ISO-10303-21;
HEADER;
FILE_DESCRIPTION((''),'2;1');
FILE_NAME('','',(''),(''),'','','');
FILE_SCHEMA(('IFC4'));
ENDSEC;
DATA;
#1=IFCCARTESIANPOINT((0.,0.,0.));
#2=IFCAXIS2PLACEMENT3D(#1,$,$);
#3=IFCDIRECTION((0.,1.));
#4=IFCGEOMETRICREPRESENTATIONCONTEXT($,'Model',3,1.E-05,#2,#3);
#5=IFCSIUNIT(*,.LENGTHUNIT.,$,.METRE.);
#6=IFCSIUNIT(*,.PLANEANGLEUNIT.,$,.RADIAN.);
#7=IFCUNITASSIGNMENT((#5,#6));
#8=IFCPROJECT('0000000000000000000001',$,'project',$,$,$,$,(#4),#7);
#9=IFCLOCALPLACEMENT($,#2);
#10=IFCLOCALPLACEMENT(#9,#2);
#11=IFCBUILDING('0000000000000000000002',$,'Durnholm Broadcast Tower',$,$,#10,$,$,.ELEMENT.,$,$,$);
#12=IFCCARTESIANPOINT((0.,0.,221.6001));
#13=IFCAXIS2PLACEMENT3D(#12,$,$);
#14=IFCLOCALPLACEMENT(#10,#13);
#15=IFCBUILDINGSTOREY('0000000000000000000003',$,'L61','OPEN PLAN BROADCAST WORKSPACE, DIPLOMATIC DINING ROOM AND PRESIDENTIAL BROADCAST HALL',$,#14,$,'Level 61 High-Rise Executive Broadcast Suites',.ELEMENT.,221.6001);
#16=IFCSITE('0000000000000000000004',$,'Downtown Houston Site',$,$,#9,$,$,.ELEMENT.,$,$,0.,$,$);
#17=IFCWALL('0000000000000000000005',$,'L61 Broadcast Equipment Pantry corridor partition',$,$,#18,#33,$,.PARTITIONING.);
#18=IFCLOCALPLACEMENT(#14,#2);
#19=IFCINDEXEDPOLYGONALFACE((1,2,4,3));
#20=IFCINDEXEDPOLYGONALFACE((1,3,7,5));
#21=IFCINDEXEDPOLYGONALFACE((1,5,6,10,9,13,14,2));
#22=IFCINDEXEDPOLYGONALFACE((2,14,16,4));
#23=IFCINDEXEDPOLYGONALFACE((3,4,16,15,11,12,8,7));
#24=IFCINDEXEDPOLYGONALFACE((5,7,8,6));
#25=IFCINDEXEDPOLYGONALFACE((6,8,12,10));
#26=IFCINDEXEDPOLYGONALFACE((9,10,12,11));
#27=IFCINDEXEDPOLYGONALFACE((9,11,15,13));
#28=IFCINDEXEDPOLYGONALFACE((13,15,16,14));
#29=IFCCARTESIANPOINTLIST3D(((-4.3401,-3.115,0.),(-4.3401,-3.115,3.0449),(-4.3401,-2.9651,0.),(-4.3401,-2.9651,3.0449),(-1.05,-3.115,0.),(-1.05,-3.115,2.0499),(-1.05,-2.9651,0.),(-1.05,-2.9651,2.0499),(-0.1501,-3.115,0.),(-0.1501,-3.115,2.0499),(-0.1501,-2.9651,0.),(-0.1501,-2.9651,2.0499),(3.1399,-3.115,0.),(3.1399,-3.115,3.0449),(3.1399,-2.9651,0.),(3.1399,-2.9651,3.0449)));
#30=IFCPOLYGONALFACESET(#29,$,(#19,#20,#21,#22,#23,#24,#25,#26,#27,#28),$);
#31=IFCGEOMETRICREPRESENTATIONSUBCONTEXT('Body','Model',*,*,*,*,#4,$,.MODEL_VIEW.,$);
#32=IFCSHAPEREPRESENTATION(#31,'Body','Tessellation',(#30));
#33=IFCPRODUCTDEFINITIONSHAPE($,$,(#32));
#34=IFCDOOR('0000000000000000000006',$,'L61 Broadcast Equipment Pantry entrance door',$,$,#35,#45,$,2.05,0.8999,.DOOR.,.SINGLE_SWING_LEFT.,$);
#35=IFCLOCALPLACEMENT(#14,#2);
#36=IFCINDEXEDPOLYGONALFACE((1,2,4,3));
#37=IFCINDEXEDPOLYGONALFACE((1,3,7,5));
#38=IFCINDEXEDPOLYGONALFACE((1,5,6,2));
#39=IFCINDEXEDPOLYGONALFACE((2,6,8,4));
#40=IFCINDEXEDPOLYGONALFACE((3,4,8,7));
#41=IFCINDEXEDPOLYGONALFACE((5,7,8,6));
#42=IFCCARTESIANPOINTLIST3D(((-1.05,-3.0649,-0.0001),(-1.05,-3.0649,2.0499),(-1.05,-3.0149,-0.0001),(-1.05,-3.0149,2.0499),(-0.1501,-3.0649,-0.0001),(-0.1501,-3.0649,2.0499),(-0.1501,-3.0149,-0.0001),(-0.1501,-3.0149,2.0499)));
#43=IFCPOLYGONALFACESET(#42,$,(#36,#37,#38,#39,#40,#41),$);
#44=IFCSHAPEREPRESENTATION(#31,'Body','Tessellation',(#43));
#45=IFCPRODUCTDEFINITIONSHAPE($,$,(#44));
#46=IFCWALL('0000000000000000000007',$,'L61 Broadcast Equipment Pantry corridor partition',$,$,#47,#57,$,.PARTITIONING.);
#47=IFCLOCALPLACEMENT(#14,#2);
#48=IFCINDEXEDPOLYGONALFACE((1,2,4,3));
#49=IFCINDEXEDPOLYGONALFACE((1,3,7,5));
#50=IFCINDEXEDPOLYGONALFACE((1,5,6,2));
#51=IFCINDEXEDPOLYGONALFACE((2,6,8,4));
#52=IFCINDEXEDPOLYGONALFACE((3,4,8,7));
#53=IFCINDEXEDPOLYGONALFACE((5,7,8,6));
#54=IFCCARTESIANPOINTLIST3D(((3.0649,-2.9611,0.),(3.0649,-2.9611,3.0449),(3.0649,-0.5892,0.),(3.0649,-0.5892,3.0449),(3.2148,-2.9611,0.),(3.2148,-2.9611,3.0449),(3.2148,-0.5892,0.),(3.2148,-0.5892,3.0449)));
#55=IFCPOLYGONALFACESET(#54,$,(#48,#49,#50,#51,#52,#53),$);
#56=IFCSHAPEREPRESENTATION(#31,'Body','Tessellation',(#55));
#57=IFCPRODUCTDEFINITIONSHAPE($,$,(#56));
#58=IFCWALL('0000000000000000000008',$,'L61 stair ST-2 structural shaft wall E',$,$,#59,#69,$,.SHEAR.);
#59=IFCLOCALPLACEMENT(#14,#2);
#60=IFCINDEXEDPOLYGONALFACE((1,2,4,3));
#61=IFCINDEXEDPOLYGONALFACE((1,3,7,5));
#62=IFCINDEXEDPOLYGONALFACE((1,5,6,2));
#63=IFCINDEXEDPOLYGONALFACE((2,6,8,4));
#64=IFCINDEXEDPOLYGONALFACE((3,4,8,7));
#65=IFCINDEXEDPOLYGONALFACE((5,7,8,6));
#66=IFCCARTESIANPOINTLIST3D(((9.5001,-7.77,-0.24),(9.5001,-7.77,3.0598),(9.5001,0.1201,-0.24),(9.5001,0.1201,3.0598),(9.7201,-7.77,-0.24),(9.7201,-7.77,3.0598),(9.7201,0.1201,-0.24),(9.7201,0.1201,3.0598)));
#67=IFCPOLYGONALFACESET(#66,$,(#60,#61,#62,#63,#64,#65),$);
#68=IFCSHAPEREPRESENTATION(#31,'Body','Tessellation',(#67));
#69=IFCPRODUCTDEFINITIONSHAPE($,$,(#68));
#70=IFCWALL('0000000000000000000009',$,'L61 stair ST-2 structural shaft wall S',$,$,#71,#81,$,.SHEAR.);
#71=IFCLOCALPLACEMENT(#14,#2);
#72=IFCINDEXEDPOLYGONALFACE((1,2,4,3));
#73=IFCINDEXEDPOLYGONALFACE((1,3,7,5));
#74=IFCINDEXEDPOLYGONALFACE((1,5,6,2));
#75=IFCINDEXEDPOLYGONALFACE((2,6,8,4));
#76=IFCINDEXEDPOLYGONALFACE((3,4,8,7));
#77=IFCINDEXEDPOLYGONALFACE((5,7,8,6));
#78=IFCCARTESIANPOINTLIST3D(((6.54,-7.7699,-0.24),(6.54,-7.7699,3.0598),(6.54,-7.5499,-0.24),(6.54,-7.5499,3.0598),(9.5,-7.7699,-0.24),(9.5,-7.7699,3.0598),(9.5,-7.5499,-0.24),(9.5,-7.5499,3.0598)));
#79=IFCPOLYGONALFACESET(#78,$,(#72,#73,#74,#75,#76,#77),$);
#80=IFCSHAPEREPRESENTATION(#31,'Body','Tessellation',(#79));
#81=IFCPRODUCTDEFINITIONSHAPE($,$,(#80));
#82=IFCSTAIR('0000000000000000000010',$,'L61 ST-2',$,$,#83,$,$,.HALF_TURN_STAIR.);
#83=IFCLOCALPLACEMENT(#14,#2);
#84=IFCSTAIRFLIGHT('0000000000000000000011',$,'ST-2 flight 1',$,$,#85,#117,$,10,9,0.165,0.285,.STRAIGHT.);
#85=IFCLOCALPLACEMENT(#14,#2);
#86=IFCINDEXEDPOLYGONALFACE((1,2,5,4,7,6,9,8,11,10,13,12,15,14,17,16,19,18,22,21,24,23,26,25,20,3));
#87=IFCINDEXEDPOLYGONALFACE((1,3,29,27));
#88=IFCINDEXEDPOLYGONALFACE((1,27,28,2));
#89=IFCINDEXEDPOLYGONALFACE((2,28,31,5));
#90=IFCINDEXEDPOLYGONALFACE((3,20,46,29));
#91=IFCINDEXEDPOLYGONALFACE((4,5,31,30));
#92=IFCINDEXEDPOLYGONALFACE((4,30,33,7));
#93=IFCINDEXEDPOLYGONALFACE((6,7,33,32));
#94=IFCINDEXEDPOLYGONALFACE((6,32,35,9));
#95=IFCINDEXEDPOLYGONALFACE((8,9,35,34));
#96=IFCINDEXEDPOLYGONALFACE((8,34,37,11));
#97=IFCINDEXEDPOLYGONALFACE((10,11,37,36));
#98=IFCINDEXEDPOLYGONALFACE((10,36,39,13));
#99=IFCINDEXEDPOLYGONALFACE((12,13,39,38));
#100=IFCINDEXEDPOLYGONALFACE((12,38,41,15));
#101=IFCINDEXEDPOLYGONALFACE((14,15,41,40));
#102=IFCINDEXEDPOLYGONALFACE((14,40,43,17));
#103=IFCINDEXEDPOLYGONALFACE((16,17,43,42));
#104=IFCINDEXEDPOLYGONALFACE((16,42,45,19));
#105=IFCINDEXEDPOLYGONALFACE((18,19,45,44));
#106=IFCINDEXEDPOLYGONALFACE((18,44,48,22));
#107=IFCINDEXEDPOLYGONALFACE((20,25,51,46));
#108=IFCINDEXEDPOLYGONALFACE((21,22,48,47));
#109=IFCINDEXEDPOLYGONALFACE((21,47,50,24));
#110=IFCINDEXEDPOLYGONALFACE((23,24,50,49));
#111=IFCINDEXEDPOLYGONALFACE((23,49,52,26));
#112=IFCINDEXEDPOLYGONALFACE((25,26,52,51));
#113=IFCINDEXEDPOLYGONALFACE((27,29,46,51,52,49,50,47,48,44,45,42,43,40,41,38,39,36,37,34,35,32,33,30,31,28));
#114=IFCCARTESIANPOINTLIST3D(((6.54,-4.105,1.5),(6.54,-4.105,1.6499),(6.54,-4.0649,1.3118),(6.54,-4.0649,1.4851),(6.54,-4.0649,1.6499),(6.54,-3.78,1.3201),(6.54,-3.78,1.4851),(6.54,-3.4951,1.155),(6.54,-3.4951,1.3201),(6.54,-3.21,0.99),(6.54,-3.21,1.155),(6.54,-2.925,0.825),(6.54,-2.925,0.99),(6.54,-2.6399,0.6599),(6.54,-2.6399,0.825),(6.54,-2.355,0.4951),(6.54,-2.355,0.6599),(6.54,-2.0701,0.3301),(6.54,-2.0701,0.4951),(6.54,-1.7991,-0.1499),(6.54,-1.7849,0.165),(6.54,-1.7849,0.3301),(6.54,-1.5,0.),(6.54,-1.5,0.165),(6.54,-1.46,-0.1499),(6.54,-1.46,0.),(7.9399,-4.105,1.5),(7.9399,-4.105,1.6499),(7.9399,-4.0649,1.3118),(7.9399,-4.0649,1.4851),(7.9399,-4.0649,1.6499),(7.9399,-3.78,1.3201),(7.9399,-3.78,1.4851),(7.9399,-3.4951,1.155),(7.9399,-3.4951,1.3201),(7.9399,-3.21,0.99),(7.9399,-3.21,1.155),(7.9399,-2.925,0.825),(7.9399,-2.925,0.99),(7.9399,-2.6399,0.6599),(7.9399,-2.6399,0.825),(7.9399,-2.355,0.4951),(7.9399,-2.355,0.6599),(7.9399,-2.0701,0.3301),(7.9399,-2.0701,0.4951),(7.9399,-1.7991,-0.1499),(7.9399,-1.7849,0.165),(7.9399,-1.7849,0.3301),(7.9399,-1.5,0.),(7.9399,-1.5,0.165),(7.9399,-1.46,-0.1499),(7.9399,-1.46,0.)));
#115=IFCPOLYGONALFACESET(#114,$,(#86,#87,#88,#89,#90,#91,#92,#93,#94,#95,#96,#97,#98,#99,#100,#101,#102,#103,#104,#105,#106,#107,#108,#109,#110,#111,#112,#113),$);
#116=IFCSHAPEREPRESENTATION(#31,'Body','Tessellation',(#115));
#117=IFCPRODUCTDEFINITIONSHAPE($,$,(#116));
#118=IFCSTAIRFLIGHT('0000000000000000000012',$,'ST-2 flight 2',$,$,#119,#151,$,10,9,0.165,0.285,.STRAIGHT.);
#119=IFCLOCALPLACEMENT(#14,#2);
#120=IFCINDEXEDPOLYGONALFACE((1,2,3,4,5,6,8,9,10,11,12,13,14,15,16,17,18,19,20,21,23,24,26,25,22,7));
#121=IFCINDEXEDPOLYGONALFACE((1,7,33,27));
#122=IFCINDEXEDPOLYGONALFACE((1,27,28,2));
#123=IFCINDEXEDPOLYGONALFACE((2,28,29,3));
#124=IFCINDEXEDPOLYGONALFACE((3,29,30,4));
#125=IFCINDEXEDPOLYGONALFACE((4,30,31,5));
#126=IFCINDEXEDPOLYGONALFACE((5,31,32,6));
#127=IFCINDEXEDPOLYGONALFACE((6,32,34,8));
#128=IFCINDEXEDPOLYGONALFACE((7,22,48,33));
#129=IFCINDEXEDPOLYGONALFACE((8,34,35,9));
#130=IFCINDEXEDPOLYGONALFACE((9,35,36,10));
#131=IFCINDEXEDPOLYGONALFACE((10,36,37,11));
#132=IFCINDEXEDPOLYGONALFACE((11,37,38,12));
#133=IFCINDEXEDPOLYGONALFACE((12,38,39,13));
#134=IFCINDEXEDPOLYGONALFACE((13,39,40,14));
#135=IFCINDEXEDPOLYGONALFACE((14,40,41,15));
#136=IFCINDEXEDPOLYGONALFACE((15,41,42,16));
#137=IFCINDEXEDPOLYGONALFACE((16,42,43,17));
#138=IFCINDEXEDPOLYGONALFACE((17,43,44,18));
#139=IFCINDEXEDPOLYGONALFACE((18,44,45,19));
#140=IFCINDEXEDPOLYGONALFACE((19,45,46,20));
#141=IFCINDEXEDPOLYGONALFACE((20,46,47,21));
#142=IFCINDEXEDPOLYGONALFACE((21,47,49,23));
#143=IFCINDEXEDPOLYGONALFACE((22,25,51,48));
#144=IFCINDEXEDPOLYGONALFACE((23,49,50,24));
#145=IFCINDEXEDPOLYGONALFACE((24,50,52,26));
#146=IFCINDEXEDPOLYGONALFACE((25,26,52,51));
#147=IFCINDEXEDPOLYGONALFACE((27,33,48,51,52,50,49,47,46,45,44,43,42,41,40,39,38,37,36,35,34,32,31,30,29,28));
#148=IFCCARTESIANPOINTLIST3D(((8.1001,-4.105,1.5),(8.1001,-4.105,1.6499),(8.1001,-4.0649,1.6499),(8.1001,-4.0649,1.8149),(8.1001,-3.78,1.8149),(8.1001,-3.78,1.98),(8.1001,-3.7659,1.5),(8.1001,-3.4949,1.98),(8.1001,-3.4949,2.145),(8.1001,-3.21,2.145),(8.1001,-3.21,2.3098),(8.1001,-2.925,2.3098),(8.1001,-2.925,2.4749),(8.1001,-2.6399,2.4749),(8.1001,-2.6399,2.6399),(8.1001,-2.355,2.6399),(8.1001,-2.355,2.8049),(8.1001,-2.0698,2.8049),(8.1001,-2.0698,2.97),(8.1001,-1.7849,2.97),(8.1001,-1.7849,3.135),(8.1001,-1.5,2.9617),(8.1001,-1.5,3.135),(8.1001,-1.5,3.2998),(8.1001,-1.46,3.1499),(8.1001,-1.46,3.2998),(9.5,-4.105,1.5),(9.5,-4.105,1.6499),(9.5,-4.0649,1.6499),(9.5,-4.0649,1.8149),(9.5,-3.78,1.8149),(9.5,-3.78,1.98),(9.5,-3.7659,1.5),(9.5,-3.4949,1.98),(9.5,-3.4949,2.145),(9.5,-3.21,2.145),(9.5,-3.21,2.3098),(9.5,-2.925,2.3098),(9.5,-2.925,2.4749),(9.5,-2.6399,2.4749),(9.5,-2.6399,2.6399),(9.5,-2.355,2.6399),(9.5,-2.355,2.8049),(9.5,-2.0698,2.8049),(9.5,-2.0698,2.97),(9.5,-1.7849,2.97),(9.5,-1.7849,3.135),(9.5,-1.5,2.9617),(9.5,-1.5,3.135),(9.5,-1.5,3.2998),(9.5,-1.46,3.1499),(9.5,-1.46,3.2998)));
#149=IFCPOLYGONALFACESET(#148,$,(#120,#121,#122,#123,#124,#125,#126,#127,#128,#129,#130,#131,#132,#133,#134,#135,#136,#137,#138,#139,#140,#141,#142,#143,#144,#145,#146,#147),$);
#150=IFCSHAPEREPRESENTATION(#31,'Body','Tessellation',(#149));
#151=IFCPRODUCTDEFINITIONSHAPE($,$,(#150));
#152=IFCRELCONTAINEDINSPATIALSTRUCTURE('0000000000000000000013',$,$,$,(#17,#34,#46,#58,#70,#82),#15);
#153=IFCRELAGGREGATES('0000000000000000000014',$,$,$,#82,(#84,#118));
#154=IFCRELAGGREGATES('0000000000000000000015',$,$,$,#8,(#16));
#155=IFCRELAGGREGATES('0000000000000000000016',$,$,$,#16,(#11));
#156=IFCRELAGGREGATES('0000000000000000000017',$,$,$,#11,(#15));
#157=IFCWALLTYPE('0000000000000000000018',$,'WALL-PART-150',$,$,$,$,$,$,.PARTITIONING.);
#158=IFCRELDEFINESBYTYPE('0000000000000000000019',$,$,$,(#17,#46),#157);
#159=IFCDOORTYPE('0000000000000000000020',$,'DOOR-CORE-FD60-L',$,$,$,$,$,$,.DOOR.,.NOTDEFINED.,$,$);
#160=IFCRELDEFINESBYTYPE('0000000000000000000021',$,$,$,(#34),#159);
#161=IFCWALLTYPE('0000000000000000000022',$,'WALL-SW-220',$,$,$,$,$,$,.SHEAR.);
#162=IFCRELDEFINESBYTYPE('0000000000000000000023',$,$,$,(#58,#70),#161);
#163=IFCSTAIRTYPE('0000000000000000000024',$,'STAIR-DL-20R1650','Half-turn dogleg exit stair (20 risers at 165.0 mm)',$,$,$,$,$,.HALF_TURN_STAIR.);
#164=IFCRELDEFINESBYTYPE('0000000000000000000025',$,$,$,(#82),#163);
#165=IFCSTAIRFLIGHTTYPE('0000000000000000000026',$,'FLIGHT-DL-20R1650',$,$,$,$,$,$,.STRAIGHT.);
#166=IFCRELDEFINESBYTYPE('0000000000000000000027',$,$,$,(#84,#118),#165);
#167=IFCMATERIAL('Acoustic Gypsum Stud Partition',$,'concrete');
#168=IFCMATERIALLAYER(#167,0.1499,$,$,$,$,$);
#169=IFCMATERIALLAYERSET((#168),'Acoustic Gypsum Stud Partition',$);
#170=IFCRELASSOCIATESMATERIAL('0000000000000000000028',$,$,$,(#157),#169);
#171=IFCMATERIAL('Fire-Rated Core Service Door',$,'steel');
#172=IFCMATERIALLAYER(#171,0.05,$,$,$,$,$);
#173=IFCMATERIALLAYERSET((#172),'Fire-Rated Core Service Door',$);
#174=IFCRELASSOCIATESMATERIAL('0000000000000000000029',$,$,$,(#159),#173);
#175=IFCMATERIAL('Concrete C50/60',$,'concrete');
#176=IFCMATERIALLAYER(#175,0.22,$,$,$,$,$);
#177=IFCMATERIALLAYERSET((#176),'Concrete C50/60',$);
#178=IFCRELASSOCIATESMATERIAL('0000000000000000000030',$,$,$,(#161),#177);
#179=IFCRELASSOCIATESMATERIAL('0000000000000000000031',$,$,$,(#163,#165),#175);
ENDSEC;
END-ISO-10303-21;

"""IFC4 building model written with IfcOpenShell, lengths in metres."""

from ifc_helpers import new_model, si_unit, direction, frame, frame_2d, origin, place, context, subcontext, project, spatial, polyline, rectangle, outline, extrude, source, transform, mapped, material, layer, layer_set, type_object, type_shapes, element, fill, aggregate, save


model = new_model("IFC4")

# Units and contexts
model_context = context("Model", 3, precision=1e-05, world=origin(), true_north=direction((0.0, 1.0)))
body_context = subcontext(model_context, "Body", "Model", "MODEL_VIEW")
ifc_project = project(units=[si_unit("LENGTHUNIT", "METRE"), si_unit("PLANEANGLEUNIT", "RADIAN")], contexts=[model_context])

# Site, building, storey
site_placement = place(None, origin())
site = spatial("IfcSite", under=ifc_project, at=site_placement, Name="Downtown Houston Site", CompositionType="ELEMENT", RefElevation=0.0)
building_placement = place(site_placement, origin())
building = spatial("IfcBuilding", under=site, at=building_placement, Name="Durnholm Broadcast Tower", CompositionType="ELEMENT")
storey_placement = place(building_placement, frame((0.0, 0.0, 221.6001)))
storey = spatial("IfcBuildingStorey", under=building, at=storey_placement, Name="L61", Description="OPEN PLAN BROADCAST WORKSPACE, DIPLOMATIC DINING ROOM AND PRESIDENTIAL BROADCAST HALL", LongName="Level 61 High-Rise Executive Broadcast Suites", CompositionType="ELEMENT", Elevation=221.6001)

# Wall, opening, door
ifc_material_1 = material(Name="Fire-Rated Core Service Door", Category="steel")
ifc_material_2 = material(Name="Acoustic Gypsum Stud Partition", Category="concrete")
ifc_layer_1 = layer(ifc_material_2, 0.1499)
ifc_layer_set_1 = layer_set([ifc_layer_1], Name="Acoustic Gypsum Stud Partition")
wall_type_1 = type_object("IfcWallType", Name="WALL-PART-150", PredefinedType="PARTITIONING", material=ifc_layer_set_1)
wall_1_placement = place(storey_placement, frame((3.1399, -3.04, 0.0), z_axis=(0.0, 0.0, 1.0), x_axis=(-1.0, 0.0, 0.0)))
wall_1 = element("IfcWall", 1, at=wall_1_placement, inside=storey, type_object=wall_type_1, Name="L61 Broadcast Equipment Pantry corridor partition", PredefinedType="PARTITIONING", context=body_context, shape_type="SweptSolid", body=[
    extrude(rectangle(XDim=7.48, YDim=0.1499, at=frame_2d((3.74, 0.0))), origin(), (0.0, 0.0, 1.0), 3.0449),
])
opening_1_placement = place(wall_1_placement, frame((3.29, 0.0, 0.0)))
opening_1 = element("IfcOpeningElement", 2, at=opening_1_placement, cuts=wall_1, PredefinedType="OPENING", context=body_context, shape_type="SweptSolid", body=[
    extrude(rectangle(XDim=0.8999, YDim=2.05, at=frame_2d((0.45, 1.0249))), frame((0.0, 0.085, 0.0), z_axis=(0.0, -1.0, 0.0), x_axis=(1.0, 0.0, 0.0)), (0.0, 0.0, 1.0), 0.1699),
])
ifc_layer_2 = layer(ifc_material_1, 0.05)
ifc_layer_set_2 = layer_set([ifc_layer_2], Name="Fire-Rated Core Service Door")
door_type_1 = type_object("IfcDoorType", Name="DOOR-CORE-FD60-L", OperationType="NOTDEFINED", PredefinedType="DOOR", material=ifc_layer_set_2)
shared_shape_1 = source(origin(), body_context, "Body", "SweptSolid", [
    extrude(rectangle(XDim=0.8999, YDim=2.05, at=frame_2d((0.45, 1.0249))), frame((0.0, 0.0249, 0.0), z_axis=(0.0, -1.0, 0.0), x_axis=(1.0, 0.0, 0.0)), (0.0, 0.0, 1.0), 0.05),
])
type_shapes(door_type_1, [shared_shape_1])
door_1_placement = place(opening_1_placement, origin())
door_1 = element("IfcDoor", 3, at=door_1_placement, inside=storey, type_object=door_type_1, Name="L61 Broadcast Equipment Pantry entrance door", OperationType="SINGLE_SWING_LEFT", OverallHeight=2.05, OverallWidth=0.8999, PredefinedType="DOOR", context=body_context, shape_type="MappedRepresentation", body=[
    mapped(shared_shape_1, transform((0.0, 0.0, 0.0), x_axis=(1.0, 0.0, 0.0), y_axis=(0.0, 1.0, 0.0), z_axis=(0.0, 0.0, 1.0), scale=1.0)),
])
fill(opening_1, door_1)

# Walls
wall_2_placement = place(storey_placement, frame((3.1399, -0.5891, 0.0), z_axis=(0.0, 0.0, 1.0), x_axis=(0.0, -1.0, 0.0)))
element("IfcWall", 4, at=wall_2_placement, inside=storey, type_object=wall_type_1, Name="L61 Broadcast Equipment Pantry corridor partition", PredefinedType="PARTITIONING", context=body_context, shape_type="SweptSolid", body=[
    extrude(rectangle(XDim=2.3718, YDim=0.1499, at=frame_2d((1.186, 0.0))), origin(), (0.0, 0.0, 1.0), 3.0449),
])
ifc_material_3 = material(Name="Concrete C50/60", Category="concrete")
ifc_layer_3 = layer(ifc_material_3, 0.22)
ifc_layer_set_3 = layer_set([ifc_layer_3], Name="Concrete C50/60")
wall_type_2 = type_object("IfcWallType", Name="WALL-SW-220", PredefinedType="SHEAR", material=ifc_layer_set_3)
wall_3_placement = place(storey_placement, frame((9.6101, -7.77, -0.24), z_axis=(0.0, 0.0, 1.0), x_axis=(0.0, 1.0, 0.0)))
element("IfcWall", 5, at=wall_3_placement, inside=storey, type_object=wall_type_2, Name="L61 stair ST-2 structural shaft wall E", PredefinedType="SHEAR", context=body_context, shape_type="SweptSolid", body=[
    extrude(rectangle(XDim=7.8901, YDim=0.22, at=frame_2d((3.9451, 0.0))), origin(), (0.0, 0.0, 1.0), 3.2998),
])
wall_4_placement = place(storey_placement, frame((6.54, -7.6599, -0.24), z_axis=(0.0, 0.0, 1.0), x_axis=(1.0, 0.0, 0.0)))
element("IfcWall", 6, at=wall_4_placement, inside=storey, type_object=wall_type_2, Name="L61 stair ST-2 structural shaft wall S", PredefinedType="SHEAR", context=body_context, shape_type="SweptSolid", body=[
    extrude(rectangle(XDim=2.96, YDim=0.22, at=frame_2d((1.48, 0.0))), origin(), (0.0, 0.0, 1.0), 3.2998),
])

# Stair, stair flights
stair_type = type_object("IfcStairType", Name="STAIR-DL-20R1650", Description="Half-turn dogleg exit stair (20 risers at 165.0 mm)", PredefinedType="HALF_TURN_STAIR", material=ifc_material_3)
stair_placement = place(storey_placement, origin())
stair = element("IfcStair", 7, at=stair_placement, inside=storey, type_object=stair_type, Name="L61 ST-2", PredefinedType="HALF_TURN_STAIR")
stair_flight_type = type_object("IfcStairFlightType", Name="FLIGHT-DL-20R1650", PredefinedType="STRAIGHT", material=ifc_material_3)
stair_flight_1_placement = place(storey_placement, frame((7.24, -1.5, 0.0), z_axis=(0.0, 0.0, 1.0), x_axis=(0.0, -1.0, 0.0)))
stair_flight_1 = element("IfcStairFlight", 8, at=stair_flight_1_placement, type_object=stair_flight_type, Name="ST-2 flight 1", NumberOfRisers=10, NumberOfTreads=9, PredefinedType="STRAIGHT", RiserHeight=0.165, TreadLength=0.285, context=body_context, shape_type="SweptSolid", body=[
    extrude(outline(polyline([(-0.04, -0.1499), (-0.04, 0.0), (0.0, 0.0), (0.0, 0.165), (0.2849, 0.165), (0.2849, 0.3301), (0.5701, 0.3301), (0.5701, 0.4951), (0.855, 0.4951), (0.855, 0.6599), (1.1399, 0.6599), (1.1399, 0.825), (1.425, 0.825), (1.425, 0.99), (1.71, 0.99), (1.71, 1.155), (1.9951, 1.155), (1.9951, 1.3201), (2.28, 1.3201), (2.28, 1.4851), (2.5649, 1.4851), (2.5649, 1.6499), (2.605, 1.6499), (2.605, 1.5), (2.5649, 1.3118), (0.2991, -0.1499), (-0.04, -0.1499)])), frame((0.0, 0.7, 0.0), z_axis=(0.0, -1.0, 0.0), x_axis=(1.0, 0.0, 0.0)), (0.0, 0.0, 1.0), 1.3999),
])
stair_flight_2_placement = place(storey_placement, frame((8.8, -4.0649, 1.6499), z_axis=(0.0, 0.0, 1.0), x_axis=(0.0, 1.0, 0.0)))
stair_flight_2 = element("IfcStairFlight", 9, at=stair_flight_2_placement, type_object=stair_flight_type, Name="ST-2 flight 2", NumberOfRisers=10, NumberOfTreads=9, PredefinedType="STRAIGHT", RiserHeight=0.165, TreadLength=0.285, context=body_context, shape_type="SweptSolid", body=[
    extrude(outline(polyline([(-0.04, -0.1499), (-0.04, 0.0), (0.0, 0.0), (0.0, 0.165), (0.2849, 0.165), (0.2849, 0.3301), (0.5701, 0.3301), (0.5701, 0.4951), (0.855, 0.4951), (0.855, 0.6599), (1.1399, 0.6599), (1.1399, 0.825), (1.425, 0.825), (1.425, 0.99), (1.71, 0.99), (1.71, 1.155), (1.9951, 1.155), (1.9951, 1.3201), (2.28, 1.3201), (2.28, 1.4851), (2.5649, 1.4851), (2.5649, 1.6499), (2.605, 1.6499), (2.605, 1.5), (2.5649, 1.3118), (0.2991, -0.1499), (-0.04, -0.1499)])), frame((0.0, 0.7, 0.0), z_axis=(0.0, -1.0, 0.0), x_axis=(1.0, 0.0, 0.0)), (0.0, 0.0, 1.0), 1.3999),
])
aggregate(stair, [stair_flight_1, stair_flight_2])

save(model, "model.ifc")
